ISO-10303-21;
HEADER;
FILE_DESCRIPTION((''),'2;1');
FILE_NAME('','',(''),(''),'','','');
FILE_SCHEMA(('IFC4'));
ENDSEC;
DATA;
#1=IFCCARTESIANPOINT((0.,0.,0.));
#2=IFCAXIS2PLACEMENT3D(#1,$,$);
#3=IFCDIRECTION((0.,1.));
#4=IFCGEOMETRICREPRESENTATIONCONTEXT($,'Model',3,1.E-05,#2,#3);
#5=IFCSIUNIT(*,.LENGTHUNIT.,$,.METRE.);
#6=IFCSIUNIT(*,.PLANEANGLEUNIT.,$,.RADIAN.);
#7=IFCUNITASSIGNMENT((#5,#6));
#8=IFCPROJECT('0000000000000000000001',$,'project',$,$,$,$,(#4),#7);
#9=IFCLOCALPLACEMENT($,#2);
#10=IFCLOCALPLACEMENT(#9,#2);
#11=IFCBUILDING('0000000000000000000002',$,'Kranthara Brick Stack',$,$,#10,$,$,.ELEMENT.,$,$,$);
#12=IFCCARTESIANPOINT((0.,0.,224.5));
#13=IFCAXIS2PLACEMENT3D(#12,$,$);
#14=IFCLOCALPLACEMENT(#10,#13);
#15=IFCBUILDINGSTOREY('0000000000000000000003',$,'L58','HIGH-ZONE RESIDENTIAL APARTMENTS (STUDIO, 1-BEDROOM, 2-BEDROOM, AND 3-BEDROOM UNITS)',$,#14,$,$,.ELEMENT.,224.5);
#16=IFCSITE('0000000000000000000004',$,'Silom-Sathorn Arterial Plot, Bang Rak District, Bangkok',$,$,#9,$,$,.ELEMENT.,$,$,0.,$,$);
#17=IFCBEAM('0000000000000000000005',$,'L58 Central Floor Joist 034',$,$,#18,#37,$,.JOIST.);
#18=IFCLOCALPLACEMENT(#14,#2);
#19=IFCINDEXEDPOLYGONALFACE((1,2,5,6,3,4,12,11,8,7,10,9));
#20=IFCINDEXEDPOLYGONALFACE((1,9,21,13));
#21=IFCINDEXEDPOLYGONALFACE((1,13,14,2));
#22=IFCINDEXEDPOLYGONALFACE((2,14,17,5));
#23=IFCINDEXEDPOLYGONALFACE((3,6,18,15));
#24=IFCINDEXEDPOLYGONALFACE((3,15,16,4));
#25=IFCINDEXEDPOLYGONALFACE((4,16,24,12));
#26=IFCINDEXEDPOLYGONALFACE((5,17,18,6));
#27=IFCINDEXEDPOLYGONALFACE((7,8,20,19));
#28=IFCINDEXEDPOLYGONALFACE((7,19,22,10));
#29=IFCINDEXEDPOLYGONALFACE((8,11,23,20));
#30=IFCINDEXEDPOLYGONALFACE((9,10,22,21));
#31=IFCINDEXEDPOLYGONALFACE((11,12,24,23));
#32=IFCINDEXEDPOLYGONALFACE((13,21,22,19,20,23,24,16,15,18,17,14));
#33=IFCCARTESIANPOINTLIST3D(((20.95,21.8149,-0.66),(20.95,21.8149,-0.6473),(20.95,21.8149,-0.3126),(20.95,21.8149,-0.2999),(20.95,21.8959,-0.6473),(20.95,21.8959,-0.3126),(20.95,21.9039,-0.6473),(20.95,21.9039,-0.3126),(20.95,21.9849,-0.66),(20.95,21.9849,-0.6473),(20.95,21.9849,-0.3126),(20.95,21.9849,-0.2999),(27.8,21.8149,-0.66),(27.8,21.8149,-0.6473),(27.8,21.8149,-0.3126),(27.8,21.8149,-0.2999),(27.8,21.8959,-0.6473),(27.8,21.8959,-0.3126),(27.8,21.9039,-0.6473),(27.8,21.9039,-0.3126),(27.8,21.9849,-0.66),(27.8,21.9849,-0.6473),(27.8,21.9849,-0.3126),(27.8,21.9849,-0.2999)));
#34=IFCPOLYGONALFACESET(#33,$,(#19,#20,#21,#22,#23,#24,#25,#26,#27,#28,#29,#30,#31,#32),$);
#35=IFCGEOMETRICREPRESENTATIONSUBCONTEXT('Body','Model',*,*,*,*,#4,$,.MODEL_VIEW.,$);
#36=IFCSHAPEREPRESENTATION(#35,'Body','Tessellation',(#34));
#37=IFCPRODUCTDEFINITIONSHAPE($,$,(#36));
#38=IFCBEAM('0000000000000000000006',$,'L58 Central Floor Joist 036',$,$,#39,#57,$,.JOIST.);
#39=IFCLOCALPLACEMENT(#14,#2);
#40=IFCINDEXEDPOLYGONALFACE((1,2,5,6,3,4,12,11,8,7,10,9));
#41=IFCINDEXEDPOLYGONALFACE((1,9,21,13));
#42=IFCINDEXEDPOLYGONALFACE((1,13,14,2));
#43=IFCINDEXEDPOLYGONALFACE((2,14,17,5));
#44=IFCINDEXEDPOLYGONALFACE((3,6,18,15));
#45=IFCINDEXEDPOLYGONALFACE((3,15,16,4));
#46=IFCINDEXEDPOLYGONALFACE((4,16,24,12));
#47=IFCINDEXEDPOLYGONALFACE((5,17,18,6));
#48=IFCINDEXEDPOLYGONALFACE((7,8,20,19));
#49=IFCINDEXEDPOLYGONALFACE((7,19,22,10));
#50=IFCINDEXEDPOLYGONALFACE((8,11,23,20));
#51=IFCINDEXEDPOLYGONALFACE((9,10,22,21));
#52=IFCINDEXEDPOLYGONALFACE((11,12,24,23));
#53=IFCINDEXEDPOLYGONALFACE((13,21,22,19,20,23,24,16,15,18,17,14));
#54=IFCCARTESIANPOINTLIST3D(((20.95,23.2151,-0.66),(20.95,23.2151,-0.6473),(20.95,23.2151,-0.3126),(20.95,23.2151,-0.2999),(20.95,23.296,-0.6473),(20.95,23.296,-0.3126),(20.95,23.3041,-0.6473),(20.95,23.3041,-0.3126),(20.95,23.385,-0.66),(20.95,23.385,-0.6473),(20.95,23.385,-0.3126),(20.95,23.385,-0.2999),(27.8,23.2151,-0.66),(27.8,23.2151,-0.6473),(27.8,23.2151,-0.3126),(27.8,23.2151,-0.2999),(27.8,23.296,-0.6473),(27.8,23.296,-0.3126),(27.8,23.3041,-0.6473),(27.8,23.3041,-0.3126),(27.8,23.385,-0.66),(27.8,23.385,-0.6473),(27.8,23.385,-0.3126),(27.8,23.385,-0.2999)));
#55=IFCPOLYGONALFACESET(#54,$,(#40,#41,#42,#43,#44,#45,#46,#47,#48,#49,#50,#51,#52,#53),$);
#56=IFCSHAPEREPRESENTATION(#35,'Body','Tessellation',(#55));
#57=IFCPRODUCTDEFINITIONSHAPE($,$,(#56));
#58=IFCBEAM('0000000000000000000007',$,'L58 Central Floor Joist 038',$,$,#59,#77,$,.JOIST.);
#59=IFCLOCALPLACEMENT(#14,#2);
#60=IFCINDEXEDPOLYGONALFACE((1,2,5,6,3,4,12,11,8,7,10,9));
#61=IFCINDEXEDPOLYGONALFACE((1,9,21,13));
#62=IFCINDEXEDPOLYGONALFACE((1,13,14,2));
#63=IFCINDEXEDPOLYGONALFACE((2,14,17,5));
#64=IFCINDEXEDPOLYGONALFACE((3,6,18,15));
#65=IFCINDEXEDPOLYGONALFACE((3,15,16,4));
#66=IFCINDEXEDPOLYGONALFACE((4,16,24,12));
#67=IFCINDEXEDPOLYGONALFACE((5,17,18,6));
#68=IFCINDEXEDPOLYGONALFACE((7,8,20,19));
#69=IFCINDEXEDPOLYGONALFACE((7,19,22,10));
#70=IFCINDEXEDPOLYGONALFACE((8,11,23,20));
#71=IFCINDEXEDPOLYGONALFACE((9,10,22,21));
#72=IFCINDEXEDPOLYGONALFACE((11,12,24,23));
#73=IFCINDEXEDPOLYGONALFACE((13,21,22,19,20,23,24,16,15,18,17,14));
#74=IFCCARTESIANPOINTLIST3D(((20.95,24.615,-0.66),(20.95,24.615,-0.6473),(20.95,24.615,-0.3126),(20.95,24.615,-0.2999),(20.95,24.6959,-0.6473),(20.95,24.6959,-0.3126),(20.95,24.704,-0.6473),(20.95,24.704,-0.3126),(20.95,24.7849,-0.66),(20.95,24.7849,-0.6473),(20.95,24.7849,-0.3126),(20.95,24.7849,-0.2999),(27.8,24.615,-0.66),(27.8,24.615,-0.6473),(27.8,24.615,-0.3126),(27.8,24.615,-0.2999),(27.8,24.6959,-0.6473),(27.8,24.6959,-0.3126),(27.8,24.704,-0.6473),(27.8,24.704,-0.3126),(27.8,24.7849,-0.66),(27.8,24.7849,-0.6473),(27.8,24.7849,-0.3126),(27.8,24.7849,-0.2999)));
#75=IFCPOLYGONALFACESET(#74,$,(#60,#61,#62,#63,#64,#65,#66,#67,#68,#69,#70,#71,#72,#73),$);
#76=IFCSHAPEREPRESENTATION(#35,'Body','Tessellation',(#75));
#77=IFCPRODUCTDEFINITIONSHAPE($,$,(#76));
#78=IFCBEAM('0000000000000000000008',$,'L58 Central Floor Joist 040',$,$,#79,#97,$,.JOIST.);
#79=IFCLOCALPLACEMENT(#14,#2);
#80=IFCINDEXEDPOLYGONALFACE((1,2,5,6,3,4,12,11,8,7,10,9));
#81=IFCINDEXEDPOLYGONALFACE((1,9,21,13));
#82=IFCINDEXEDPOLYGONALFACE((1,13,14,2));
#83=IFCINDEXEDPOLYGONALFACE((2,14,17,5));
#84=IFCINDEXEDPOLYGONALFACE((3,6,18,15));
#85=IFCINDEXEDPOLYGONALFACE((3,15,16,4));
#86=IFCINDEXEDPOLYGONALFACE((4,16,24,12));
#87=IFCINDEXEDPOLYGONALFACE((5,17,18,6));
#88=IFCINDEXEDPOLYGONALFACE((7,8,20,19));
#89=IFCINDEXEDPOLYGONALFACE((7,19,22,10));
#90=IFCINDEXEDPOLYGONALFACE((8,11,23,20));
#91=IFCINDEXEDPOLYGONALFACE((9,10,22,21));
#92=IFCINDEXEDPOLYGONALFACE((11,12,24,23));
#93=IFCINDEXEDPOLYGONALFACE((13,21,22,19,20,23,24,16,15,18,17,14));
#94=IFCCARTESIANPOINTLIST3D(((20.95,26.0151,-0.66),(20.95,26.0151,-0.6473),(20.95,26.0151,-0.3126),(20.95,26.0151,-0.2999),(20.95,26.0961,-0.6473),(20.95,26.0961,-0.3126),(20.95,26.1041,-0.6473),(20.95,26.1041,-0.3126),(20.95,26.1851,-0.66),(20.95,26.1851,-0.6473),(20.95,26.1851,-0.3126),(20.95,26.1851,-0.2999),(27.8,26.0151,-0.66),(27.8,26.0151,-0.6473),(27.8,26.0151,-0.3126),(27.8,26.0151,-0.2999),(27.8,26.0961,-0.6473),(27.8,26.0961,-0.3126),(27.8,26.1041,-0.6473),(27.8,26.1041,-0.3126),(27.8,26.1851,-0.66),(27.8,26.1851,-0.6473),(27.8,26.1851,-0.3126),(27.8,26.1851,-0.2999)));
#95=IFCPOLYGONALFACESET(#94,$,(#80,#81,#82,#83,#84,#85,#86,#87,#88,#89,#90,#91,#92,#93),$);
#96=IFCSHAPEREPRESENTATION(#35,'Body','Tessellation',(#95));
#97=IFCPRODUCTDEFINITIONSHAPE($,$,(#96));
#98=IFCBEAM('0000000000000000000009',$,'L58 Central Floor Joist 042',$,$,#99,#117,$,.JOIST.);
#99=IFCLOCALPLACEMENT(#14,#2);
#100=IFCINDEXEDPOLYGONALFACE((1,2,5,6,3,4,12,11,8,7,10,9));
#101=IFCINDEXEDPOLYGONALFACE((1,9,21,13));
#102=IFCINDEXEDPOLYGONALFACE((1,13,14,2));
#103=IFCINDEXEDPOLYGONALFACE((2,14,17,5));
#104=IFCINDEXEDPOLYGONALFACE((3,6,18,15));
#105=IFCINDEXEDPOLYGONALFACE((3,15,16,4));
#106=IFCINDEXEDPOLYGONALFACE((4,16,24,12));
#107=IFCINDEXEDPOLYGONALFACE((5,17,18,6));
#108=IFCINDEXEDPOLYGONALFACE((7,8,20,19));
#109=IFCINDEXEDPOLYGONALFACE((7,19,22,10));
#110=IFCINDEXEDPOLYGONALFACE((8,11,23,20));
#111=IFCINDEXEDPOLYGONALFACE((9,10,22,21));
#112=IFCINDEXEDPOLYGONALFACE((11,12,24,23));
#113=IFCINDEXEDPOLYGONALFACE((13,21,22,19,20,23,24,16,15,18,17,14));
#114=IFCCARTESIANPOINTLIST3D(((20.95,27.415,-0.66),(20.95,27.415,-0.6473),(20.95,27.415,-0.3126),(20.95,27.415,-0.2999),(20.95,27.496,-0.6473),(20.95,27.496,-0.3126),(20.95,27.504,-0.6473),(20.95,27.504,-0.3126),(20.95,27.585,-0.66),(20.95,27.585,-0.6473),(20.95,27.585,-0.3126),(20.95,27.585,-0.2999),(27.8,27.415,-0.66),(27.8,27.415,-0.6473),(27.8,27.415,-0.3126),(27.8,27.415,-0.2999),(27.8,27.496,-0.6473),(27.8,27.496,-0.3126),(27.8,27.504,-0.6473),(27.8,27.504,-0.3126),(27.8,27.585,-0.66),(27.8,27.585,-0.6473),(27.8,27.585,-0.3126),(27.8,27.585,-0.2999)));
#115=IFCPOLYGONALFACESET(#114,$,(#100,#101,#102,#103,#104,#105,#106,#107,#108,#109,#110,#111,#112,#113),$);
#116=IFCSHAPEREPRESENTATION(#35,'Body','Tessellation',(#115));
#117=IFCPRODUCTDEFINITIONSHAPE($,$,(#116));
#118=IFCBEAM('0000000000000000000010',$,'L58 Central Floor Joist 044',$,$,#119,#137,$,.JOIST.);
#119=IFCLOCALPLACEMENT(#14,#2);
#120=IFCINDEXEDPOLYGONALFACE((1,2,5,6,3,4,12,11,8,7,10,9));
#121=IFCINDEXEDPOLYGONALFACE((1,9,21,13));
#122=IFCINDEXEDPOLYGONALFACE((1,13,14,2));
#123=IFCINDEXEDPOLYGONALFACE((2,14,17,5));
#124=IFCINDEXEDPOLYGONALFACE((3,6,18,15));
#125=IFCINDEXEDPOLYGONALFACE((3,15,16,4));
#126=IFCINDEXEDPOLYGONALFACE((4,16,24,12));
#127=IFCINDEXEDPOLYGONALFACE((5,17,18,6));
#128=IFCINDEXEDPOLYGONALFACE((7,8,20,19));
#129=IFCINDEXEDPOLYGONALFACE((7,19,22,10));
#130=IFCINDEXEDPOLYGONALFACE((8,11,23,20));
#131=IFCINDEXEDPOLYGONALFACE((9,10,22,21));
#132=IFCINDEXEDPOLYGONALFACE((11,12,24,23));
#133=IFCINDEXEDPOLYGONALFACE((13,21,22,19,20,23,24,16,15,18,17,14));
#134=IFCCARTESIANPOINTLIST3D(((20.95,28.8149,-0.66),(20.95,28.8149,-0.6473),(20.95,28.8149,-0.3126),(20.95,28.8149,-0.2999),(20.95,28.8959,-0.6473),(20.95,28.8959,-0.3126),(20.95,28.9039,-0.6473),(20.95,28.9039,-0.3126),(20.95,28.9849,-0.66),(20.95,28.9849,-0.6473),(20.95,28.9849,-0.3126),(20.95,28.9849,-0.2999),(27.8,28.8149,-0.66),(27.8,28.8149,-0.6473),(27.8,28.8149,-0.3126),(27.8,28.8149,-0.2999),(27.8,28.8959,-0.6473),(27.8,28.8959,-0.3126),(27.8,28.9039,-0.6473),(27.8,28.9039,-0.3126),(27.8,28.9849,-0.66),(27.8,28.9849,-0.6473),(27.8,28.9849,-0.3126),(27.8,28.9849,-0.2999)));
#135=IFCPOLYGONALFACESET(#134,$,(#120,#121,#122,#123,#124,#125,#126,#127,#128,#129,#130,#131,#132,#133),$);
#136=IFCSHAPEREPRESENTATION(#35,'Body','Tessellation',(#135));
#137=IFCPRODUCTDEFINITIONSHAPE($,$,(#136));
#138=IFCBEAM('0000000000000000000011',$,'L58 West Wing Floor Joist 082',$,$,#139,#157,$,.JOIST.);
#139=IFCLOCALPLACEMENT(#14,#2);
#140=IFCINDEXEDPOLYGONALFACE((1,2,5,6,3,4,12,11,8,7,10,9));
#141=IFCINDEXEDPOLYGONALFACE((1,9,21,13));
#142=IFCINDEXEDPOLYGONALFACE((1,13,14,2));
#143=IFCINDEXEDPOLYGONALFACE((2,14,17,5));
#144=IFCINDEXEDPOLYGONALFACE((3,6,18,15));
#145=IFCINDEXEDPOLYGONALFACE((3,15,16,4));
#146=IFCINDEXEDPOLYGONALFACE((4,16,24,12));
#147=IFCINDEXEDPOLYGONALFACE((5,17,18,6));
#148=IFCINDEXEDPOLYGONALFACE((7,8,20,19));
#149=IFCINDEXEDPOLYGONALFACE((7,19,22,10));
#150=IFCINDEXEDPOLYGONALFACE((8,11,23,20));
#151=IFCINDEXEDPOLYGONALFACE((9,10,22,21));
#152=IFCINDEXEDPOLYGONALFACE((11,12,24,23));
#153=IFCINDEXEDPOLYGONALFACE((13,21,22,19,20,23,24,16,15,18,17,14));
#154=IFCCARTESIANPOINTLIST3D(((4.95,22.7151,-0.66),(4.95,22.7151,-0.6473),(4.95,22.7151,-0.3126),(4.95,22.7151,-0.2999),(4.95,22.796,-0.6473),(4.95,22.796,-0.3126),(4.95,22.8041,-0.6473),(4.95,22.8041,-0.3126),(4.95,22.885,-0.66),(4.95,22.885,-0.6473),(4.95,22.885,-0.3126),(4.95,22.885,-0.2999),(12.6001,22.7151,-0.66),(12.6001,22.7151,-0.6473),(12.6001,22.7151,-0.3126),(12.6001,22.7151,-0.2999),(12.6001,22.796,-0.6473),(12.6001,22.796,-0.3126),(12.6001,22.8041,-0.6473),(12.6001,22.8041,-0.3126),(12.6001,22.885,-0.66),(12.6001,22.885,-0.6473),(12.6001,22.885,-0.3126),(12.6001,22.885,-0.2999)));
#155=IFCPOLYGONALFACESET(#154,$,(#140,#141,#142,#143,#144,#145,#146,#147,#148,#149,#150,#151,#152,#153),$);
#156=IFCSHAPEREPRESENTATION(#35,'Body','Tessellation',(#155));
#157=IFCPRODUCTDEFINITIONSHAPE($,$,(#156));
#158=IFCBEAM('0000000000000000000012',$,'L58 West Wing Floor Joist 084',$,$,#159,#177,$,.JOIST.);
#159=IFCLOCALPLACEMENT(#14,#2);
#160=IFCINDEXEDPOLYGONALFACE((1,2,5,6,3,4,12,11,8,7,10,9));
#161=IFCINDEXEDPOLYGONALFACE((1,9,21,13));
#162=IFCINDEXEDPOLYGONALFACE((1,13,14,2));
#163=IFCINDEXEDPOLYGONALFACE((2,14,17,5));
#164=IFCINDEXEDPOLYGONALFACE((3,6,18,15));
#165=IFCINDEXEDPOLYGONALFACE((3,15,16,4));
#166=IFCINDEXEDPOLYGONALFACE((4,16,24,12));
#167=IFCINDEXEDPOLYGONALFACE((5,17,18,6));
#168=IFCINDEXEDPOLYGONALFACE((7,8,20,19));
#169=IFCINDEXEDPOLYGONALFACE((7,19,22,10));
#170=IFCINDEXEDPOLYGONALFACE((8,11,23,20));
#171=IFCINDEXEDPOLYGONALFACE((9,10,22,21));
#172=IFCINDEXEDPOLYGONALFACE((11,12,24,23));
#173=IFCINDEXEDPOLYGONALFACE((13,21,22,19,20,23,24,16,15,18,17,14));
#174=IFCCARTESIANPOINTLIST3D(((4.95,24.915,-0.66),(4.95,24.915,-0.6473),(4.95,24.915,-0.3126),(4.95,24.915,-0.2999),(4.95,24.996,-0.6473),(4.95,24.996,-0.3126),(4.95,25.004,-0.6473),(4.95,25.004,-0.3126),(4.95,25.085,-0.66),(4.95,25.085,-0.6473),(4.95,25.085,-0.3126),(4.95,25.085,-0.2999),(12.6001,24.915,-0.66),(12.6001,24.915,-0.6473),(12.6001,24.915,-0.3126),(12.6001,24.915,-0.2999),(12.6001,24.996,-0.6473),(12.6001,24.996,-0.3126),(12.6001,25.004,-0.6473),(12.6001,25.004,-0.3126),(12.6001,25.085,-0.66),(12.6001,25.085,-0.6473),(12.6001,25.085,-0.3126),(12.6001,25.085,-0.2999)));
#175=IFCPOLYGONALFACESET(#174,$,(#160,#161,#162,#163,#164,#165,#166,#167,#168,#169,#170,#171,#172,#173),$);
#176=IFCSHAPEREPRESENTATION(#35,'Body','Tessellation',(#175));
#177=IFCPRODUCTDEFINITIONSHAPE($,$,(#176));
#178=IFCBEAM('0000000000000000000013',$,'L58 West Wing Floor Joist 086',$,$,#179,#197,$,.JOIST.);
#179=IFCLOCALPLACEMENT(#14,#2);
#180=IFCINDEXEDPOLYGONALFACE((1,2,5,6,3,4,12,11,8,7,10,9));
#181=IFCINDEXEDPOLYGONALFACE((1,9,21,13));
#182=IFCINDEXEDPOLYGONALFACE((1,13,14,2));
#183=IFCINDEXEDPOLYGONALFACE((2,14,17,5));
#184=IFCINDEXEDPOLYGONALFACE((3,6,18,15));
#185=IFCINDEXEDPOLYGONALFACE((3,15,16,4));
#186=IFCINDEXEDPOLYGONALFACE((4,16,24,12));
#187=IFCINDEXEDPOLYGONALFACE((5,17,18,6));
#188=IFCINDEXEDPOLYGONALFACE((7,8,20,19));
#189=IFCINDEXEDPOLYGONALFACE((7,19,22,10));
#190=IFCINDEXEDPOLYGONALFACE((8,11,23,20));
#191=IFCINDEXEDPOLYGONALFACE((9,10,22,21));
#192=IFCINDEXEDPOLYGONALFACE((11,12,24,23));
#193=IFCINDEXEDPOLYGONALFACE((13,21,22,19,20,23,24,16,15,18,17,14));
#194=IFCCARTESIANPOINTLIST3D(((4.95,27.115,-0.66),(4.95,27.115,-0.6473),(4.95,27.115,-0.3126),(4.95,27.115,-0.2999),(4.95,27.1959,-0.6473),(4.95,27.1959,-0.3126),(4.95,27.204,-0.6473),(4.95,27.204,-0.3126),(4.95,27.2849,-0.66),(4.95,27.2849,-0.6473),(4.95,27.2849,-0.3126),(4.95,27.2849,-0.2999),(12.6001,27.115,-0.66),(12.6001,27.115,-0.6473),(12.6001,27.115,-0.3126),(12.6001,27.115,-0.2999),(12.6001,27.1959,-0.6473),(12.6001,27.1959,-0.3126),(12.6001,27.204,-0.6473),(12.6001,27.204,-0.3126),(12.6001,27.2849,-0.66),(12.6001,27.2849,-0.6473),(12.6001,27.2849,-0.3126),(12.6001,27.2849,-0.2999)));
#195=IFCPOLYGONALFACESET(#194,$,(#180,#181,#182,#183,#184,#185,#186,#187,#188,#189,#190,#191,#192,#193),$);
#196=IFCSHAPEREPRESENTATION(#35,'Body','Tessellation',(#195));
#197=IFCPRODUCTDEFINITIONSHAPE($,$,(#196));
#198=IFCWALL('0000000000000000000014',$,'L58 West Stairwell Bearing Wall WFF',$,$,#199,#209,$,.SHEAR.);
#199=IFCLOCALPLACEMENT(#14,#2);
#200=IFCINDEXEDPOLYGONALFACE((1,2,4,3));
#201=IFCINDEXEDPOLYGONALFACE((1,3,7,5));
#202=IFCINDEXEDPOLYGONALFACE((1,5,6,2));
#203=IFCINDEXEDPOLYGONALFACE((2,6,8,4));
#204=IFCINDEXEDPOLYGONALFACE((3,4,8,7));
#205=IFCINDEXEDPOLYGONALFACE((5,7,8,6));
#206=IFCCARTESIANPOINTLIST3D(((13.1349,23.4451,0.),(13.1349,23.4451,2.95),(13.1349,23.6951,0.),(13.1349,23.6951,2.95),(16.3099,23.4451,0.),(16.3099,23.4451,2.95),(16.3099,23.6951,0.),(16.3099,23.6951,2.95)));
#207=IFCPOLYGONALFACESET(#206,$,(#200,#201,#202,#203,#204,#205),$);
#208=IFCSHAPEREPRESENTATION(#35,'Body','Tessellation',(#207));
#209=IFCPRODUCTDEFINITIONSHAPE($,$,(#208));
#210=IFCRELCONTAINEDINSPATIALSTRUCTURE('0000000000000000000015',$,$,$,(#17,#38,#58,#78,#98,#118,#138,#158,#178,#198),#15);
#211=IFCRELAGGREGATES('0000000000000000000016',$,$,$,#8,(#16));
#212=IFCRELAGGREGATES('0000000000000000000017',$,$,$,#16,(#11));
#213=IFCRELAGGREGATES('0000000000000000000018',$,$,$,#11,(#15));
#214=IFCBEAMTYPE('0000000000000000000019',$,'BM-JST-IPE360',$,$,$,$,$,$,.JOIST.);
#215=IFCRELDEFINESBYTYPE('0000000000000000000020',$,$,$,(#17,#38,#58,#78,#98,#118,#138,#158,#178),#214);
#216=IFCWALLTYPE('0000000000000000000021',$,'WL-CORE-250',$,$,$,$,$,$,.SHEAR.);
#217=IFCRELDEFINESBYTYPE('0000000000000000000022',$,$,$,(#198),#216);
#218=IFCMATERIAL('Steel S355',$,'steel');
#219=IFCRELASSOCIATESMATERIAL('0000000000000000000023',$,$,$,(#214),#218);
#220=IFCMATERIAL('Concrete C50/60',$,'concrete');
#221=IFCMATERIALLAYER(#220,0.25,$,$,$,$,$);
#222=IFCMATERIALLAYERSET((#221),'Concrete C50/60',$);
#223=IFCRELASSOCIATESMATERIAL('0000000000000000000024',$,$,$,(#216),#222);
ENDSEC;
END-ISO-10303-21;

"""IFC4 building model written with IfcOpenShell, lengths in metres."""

from ifc_helpers import new_model, si_unit, direction, frame, frame_2d, origin, origin_2d, place, context, subcontext, project, spatial, rectangle, i_section, extrude, material, layer, layer_set, material_profile, profile_set, type_object, element, save


model = new_model("IFC4")

# Units and contexts
model_context = context("Model", 3, precision=1e-05, world=origin(), true_north=direction((0.0, 1.0)))
body_context = subcontext(model_context, "Body", "Model", "MODEL_VIEW")
ifc_project = project(units=[si_unit("LENGTHUNIT", "METRE"), si_unit("PLANEANGLEUNIT", "RADIAN")], contexts=[model_context])

# Site, building, storey
site_placement = place(None, origin())
site = spatial("IfcSite", under=ifc_project, at=site_placement, Name="Silom-Sathorn Arterial Plot, Bang Rak District, Bangkok", CompositionType="ELEMENT", RefElevation=0.0)
building_placement = place(site_placement, origin())
building = spatial("IfcBuilding", under=site, at=building_placement, Name="Kranthara Brick Stack", CompositionType="ELEMENT")
storey_placement = place(building_placement, frame((0.0, 0.0, 224.5)))
storey = spatial("IfcBuildingStorey", under=building, at=storey_placement, Name="L58", Description="HIGH-ZONE RESIDENTIAL APARTMENTS (STUDIO, 1-BEDROOM, 2-BEDROOM, AND 3-BEDROOM UNITS)", CompositionType="ELEMENT", Elevation=224.5)

# Beams
ifc_material_1 = material(Name="Steel S355", Category="steel")
ifc_material_profile = material_profile(ifc_material_1, i_section(OverallWidth=0.1699, OverallDepth=0.3601, WebThickness=0.0081, FlangeThickness=0.0127, at=origin_2d()), Name="IPE 360")
ifc_profile_set = profile_set([ifc_material_profile], Name="Steel S355")
beam_type = type_object("IfcBeamType", Name="BM-JST-IPE360", PredefinedType="JOIST", material=ifc_profile_set)
for number, where, z_axis, x_axis, name in (
    (1, (20.95, 21.8999, -0.48), (1.0, 0.0, 0.0), (0.0, 1.0, 0.0), "L58 Central Floor Joist 034"),
    (2, (20.95, 23.3, -0.48), (1.0, 0.0, 0.0), (0.0, 1.0, 0.0), "L58 Central Floor Joist 036"),
    (3, (20.95, 24.7, -0.48), (1.0, 0.0, 0.0), (0.0, 1.0, 0.0), "L58 Central Floor Joist 038"),
    (4, (20.95, 26.1001, -0.48), (1.0, 0.0, 0.0), (0.0, 1.0, 0.0), "L58 Central Floor Joist 040"),
    (5, (20.95, 27.5, -0.48), (1.0, 0.0, 0.0), (0.0, 1.0, 0.0), "L58 Central Floor Joist 042"),
    (6, (20.95, 28.8999, -0.48), (1.0, 0.0, 0.0), (0.0, 1.0, 0.0), "L58 Central Floor Joist 044"),
):
    element("IfcBeam", number, at=place(storey_placement, frame(where, z_axis=z_axis, x_axis=x_axis)), inside=storey, type_object=beam_type, Name=name, PredefinedType="JOIST", context=body_context, shape_type="SweptSolid", body=[
        extrude(i_section(OverallWidth=0.1699, OverallDepth=0.3601, WebThickness=0.0081, FlangeThickness=0.0127, at=origin_2d()), origin(), (0.0, 0.0, 1.0), 6.8501),
    ])
for number, where, z_axis, x_axis, name in (
    (7, (4.95, 22.8, -0.48), (1.0, 0.0, 0.0), (0.0, 1.0, 0.0), "L58 West Wing Floor Joist 082"),
    (8, (4.95, 25.0, -0.48), (1.0, 0.0, 0.0), (0.0, 1.0, 0.0), "L58 West Wing Floor Joist 084"),
    (9, (4.95, 27.2, -0.48), (1.0, 0.0, 0.0), (0.0, 1.0, 0.0), "L58 West Wing Floor Joist 086"),
):
    element("IfcBeam", number, at=place(storey_placement, frame(where, z_axis=z_axis, x_axis=x_axis)), inside=storey, type_object=beam_type, Name=name, PredefinedType="JOIST", context=body_context, shape_type="SweptSolid", body=[
        extrude(i_section(OverallWidth=0.1699, OverallDepth=0.3601, WebThickness=0.0081, FlangeThickness=0.0127, at=origin_2d()), origin(), (0.0, 0.0, 1.0), 7.6501),
    ])

# Wall
ifc_material_2 = material(Name="Concrete C50/60", Category="concrete")
ifc_layer_1 = layer(ifc_material_2, 0.25)
ifc_layer_set_1 = layer_set([ifc_layer_1], Name="Concrete C50/60")
wall_type_1 = type_object("IfcWallType", Name="WL-CORE-250", PredefinedType="SHEAR", material=ifc_layer_set_1)
wall_1_placement = place(storey_placement, frame((13.135, 23.5701, 0.0), z_axis=(0.0, 0.0, 1.0), x_axis=(1.0, 0.0, 0.0)))
element("IfcWall", 10, at=wall_1_placement, inside=storey, type_object=wall_type_1, Name="L58 West Stairwell Bearing Wall WFF", PredefinedType="SHEAR", context=body_context, shape_type="SweptSolid", body=[
    extrude(rectangle(XDim=3.175, YDim=0.25, at=frame_2d((1.5874, 0.0))), origin(), (0.0, 0.0, 1.0), 2.95),
])

save(model, "model.ifc")
